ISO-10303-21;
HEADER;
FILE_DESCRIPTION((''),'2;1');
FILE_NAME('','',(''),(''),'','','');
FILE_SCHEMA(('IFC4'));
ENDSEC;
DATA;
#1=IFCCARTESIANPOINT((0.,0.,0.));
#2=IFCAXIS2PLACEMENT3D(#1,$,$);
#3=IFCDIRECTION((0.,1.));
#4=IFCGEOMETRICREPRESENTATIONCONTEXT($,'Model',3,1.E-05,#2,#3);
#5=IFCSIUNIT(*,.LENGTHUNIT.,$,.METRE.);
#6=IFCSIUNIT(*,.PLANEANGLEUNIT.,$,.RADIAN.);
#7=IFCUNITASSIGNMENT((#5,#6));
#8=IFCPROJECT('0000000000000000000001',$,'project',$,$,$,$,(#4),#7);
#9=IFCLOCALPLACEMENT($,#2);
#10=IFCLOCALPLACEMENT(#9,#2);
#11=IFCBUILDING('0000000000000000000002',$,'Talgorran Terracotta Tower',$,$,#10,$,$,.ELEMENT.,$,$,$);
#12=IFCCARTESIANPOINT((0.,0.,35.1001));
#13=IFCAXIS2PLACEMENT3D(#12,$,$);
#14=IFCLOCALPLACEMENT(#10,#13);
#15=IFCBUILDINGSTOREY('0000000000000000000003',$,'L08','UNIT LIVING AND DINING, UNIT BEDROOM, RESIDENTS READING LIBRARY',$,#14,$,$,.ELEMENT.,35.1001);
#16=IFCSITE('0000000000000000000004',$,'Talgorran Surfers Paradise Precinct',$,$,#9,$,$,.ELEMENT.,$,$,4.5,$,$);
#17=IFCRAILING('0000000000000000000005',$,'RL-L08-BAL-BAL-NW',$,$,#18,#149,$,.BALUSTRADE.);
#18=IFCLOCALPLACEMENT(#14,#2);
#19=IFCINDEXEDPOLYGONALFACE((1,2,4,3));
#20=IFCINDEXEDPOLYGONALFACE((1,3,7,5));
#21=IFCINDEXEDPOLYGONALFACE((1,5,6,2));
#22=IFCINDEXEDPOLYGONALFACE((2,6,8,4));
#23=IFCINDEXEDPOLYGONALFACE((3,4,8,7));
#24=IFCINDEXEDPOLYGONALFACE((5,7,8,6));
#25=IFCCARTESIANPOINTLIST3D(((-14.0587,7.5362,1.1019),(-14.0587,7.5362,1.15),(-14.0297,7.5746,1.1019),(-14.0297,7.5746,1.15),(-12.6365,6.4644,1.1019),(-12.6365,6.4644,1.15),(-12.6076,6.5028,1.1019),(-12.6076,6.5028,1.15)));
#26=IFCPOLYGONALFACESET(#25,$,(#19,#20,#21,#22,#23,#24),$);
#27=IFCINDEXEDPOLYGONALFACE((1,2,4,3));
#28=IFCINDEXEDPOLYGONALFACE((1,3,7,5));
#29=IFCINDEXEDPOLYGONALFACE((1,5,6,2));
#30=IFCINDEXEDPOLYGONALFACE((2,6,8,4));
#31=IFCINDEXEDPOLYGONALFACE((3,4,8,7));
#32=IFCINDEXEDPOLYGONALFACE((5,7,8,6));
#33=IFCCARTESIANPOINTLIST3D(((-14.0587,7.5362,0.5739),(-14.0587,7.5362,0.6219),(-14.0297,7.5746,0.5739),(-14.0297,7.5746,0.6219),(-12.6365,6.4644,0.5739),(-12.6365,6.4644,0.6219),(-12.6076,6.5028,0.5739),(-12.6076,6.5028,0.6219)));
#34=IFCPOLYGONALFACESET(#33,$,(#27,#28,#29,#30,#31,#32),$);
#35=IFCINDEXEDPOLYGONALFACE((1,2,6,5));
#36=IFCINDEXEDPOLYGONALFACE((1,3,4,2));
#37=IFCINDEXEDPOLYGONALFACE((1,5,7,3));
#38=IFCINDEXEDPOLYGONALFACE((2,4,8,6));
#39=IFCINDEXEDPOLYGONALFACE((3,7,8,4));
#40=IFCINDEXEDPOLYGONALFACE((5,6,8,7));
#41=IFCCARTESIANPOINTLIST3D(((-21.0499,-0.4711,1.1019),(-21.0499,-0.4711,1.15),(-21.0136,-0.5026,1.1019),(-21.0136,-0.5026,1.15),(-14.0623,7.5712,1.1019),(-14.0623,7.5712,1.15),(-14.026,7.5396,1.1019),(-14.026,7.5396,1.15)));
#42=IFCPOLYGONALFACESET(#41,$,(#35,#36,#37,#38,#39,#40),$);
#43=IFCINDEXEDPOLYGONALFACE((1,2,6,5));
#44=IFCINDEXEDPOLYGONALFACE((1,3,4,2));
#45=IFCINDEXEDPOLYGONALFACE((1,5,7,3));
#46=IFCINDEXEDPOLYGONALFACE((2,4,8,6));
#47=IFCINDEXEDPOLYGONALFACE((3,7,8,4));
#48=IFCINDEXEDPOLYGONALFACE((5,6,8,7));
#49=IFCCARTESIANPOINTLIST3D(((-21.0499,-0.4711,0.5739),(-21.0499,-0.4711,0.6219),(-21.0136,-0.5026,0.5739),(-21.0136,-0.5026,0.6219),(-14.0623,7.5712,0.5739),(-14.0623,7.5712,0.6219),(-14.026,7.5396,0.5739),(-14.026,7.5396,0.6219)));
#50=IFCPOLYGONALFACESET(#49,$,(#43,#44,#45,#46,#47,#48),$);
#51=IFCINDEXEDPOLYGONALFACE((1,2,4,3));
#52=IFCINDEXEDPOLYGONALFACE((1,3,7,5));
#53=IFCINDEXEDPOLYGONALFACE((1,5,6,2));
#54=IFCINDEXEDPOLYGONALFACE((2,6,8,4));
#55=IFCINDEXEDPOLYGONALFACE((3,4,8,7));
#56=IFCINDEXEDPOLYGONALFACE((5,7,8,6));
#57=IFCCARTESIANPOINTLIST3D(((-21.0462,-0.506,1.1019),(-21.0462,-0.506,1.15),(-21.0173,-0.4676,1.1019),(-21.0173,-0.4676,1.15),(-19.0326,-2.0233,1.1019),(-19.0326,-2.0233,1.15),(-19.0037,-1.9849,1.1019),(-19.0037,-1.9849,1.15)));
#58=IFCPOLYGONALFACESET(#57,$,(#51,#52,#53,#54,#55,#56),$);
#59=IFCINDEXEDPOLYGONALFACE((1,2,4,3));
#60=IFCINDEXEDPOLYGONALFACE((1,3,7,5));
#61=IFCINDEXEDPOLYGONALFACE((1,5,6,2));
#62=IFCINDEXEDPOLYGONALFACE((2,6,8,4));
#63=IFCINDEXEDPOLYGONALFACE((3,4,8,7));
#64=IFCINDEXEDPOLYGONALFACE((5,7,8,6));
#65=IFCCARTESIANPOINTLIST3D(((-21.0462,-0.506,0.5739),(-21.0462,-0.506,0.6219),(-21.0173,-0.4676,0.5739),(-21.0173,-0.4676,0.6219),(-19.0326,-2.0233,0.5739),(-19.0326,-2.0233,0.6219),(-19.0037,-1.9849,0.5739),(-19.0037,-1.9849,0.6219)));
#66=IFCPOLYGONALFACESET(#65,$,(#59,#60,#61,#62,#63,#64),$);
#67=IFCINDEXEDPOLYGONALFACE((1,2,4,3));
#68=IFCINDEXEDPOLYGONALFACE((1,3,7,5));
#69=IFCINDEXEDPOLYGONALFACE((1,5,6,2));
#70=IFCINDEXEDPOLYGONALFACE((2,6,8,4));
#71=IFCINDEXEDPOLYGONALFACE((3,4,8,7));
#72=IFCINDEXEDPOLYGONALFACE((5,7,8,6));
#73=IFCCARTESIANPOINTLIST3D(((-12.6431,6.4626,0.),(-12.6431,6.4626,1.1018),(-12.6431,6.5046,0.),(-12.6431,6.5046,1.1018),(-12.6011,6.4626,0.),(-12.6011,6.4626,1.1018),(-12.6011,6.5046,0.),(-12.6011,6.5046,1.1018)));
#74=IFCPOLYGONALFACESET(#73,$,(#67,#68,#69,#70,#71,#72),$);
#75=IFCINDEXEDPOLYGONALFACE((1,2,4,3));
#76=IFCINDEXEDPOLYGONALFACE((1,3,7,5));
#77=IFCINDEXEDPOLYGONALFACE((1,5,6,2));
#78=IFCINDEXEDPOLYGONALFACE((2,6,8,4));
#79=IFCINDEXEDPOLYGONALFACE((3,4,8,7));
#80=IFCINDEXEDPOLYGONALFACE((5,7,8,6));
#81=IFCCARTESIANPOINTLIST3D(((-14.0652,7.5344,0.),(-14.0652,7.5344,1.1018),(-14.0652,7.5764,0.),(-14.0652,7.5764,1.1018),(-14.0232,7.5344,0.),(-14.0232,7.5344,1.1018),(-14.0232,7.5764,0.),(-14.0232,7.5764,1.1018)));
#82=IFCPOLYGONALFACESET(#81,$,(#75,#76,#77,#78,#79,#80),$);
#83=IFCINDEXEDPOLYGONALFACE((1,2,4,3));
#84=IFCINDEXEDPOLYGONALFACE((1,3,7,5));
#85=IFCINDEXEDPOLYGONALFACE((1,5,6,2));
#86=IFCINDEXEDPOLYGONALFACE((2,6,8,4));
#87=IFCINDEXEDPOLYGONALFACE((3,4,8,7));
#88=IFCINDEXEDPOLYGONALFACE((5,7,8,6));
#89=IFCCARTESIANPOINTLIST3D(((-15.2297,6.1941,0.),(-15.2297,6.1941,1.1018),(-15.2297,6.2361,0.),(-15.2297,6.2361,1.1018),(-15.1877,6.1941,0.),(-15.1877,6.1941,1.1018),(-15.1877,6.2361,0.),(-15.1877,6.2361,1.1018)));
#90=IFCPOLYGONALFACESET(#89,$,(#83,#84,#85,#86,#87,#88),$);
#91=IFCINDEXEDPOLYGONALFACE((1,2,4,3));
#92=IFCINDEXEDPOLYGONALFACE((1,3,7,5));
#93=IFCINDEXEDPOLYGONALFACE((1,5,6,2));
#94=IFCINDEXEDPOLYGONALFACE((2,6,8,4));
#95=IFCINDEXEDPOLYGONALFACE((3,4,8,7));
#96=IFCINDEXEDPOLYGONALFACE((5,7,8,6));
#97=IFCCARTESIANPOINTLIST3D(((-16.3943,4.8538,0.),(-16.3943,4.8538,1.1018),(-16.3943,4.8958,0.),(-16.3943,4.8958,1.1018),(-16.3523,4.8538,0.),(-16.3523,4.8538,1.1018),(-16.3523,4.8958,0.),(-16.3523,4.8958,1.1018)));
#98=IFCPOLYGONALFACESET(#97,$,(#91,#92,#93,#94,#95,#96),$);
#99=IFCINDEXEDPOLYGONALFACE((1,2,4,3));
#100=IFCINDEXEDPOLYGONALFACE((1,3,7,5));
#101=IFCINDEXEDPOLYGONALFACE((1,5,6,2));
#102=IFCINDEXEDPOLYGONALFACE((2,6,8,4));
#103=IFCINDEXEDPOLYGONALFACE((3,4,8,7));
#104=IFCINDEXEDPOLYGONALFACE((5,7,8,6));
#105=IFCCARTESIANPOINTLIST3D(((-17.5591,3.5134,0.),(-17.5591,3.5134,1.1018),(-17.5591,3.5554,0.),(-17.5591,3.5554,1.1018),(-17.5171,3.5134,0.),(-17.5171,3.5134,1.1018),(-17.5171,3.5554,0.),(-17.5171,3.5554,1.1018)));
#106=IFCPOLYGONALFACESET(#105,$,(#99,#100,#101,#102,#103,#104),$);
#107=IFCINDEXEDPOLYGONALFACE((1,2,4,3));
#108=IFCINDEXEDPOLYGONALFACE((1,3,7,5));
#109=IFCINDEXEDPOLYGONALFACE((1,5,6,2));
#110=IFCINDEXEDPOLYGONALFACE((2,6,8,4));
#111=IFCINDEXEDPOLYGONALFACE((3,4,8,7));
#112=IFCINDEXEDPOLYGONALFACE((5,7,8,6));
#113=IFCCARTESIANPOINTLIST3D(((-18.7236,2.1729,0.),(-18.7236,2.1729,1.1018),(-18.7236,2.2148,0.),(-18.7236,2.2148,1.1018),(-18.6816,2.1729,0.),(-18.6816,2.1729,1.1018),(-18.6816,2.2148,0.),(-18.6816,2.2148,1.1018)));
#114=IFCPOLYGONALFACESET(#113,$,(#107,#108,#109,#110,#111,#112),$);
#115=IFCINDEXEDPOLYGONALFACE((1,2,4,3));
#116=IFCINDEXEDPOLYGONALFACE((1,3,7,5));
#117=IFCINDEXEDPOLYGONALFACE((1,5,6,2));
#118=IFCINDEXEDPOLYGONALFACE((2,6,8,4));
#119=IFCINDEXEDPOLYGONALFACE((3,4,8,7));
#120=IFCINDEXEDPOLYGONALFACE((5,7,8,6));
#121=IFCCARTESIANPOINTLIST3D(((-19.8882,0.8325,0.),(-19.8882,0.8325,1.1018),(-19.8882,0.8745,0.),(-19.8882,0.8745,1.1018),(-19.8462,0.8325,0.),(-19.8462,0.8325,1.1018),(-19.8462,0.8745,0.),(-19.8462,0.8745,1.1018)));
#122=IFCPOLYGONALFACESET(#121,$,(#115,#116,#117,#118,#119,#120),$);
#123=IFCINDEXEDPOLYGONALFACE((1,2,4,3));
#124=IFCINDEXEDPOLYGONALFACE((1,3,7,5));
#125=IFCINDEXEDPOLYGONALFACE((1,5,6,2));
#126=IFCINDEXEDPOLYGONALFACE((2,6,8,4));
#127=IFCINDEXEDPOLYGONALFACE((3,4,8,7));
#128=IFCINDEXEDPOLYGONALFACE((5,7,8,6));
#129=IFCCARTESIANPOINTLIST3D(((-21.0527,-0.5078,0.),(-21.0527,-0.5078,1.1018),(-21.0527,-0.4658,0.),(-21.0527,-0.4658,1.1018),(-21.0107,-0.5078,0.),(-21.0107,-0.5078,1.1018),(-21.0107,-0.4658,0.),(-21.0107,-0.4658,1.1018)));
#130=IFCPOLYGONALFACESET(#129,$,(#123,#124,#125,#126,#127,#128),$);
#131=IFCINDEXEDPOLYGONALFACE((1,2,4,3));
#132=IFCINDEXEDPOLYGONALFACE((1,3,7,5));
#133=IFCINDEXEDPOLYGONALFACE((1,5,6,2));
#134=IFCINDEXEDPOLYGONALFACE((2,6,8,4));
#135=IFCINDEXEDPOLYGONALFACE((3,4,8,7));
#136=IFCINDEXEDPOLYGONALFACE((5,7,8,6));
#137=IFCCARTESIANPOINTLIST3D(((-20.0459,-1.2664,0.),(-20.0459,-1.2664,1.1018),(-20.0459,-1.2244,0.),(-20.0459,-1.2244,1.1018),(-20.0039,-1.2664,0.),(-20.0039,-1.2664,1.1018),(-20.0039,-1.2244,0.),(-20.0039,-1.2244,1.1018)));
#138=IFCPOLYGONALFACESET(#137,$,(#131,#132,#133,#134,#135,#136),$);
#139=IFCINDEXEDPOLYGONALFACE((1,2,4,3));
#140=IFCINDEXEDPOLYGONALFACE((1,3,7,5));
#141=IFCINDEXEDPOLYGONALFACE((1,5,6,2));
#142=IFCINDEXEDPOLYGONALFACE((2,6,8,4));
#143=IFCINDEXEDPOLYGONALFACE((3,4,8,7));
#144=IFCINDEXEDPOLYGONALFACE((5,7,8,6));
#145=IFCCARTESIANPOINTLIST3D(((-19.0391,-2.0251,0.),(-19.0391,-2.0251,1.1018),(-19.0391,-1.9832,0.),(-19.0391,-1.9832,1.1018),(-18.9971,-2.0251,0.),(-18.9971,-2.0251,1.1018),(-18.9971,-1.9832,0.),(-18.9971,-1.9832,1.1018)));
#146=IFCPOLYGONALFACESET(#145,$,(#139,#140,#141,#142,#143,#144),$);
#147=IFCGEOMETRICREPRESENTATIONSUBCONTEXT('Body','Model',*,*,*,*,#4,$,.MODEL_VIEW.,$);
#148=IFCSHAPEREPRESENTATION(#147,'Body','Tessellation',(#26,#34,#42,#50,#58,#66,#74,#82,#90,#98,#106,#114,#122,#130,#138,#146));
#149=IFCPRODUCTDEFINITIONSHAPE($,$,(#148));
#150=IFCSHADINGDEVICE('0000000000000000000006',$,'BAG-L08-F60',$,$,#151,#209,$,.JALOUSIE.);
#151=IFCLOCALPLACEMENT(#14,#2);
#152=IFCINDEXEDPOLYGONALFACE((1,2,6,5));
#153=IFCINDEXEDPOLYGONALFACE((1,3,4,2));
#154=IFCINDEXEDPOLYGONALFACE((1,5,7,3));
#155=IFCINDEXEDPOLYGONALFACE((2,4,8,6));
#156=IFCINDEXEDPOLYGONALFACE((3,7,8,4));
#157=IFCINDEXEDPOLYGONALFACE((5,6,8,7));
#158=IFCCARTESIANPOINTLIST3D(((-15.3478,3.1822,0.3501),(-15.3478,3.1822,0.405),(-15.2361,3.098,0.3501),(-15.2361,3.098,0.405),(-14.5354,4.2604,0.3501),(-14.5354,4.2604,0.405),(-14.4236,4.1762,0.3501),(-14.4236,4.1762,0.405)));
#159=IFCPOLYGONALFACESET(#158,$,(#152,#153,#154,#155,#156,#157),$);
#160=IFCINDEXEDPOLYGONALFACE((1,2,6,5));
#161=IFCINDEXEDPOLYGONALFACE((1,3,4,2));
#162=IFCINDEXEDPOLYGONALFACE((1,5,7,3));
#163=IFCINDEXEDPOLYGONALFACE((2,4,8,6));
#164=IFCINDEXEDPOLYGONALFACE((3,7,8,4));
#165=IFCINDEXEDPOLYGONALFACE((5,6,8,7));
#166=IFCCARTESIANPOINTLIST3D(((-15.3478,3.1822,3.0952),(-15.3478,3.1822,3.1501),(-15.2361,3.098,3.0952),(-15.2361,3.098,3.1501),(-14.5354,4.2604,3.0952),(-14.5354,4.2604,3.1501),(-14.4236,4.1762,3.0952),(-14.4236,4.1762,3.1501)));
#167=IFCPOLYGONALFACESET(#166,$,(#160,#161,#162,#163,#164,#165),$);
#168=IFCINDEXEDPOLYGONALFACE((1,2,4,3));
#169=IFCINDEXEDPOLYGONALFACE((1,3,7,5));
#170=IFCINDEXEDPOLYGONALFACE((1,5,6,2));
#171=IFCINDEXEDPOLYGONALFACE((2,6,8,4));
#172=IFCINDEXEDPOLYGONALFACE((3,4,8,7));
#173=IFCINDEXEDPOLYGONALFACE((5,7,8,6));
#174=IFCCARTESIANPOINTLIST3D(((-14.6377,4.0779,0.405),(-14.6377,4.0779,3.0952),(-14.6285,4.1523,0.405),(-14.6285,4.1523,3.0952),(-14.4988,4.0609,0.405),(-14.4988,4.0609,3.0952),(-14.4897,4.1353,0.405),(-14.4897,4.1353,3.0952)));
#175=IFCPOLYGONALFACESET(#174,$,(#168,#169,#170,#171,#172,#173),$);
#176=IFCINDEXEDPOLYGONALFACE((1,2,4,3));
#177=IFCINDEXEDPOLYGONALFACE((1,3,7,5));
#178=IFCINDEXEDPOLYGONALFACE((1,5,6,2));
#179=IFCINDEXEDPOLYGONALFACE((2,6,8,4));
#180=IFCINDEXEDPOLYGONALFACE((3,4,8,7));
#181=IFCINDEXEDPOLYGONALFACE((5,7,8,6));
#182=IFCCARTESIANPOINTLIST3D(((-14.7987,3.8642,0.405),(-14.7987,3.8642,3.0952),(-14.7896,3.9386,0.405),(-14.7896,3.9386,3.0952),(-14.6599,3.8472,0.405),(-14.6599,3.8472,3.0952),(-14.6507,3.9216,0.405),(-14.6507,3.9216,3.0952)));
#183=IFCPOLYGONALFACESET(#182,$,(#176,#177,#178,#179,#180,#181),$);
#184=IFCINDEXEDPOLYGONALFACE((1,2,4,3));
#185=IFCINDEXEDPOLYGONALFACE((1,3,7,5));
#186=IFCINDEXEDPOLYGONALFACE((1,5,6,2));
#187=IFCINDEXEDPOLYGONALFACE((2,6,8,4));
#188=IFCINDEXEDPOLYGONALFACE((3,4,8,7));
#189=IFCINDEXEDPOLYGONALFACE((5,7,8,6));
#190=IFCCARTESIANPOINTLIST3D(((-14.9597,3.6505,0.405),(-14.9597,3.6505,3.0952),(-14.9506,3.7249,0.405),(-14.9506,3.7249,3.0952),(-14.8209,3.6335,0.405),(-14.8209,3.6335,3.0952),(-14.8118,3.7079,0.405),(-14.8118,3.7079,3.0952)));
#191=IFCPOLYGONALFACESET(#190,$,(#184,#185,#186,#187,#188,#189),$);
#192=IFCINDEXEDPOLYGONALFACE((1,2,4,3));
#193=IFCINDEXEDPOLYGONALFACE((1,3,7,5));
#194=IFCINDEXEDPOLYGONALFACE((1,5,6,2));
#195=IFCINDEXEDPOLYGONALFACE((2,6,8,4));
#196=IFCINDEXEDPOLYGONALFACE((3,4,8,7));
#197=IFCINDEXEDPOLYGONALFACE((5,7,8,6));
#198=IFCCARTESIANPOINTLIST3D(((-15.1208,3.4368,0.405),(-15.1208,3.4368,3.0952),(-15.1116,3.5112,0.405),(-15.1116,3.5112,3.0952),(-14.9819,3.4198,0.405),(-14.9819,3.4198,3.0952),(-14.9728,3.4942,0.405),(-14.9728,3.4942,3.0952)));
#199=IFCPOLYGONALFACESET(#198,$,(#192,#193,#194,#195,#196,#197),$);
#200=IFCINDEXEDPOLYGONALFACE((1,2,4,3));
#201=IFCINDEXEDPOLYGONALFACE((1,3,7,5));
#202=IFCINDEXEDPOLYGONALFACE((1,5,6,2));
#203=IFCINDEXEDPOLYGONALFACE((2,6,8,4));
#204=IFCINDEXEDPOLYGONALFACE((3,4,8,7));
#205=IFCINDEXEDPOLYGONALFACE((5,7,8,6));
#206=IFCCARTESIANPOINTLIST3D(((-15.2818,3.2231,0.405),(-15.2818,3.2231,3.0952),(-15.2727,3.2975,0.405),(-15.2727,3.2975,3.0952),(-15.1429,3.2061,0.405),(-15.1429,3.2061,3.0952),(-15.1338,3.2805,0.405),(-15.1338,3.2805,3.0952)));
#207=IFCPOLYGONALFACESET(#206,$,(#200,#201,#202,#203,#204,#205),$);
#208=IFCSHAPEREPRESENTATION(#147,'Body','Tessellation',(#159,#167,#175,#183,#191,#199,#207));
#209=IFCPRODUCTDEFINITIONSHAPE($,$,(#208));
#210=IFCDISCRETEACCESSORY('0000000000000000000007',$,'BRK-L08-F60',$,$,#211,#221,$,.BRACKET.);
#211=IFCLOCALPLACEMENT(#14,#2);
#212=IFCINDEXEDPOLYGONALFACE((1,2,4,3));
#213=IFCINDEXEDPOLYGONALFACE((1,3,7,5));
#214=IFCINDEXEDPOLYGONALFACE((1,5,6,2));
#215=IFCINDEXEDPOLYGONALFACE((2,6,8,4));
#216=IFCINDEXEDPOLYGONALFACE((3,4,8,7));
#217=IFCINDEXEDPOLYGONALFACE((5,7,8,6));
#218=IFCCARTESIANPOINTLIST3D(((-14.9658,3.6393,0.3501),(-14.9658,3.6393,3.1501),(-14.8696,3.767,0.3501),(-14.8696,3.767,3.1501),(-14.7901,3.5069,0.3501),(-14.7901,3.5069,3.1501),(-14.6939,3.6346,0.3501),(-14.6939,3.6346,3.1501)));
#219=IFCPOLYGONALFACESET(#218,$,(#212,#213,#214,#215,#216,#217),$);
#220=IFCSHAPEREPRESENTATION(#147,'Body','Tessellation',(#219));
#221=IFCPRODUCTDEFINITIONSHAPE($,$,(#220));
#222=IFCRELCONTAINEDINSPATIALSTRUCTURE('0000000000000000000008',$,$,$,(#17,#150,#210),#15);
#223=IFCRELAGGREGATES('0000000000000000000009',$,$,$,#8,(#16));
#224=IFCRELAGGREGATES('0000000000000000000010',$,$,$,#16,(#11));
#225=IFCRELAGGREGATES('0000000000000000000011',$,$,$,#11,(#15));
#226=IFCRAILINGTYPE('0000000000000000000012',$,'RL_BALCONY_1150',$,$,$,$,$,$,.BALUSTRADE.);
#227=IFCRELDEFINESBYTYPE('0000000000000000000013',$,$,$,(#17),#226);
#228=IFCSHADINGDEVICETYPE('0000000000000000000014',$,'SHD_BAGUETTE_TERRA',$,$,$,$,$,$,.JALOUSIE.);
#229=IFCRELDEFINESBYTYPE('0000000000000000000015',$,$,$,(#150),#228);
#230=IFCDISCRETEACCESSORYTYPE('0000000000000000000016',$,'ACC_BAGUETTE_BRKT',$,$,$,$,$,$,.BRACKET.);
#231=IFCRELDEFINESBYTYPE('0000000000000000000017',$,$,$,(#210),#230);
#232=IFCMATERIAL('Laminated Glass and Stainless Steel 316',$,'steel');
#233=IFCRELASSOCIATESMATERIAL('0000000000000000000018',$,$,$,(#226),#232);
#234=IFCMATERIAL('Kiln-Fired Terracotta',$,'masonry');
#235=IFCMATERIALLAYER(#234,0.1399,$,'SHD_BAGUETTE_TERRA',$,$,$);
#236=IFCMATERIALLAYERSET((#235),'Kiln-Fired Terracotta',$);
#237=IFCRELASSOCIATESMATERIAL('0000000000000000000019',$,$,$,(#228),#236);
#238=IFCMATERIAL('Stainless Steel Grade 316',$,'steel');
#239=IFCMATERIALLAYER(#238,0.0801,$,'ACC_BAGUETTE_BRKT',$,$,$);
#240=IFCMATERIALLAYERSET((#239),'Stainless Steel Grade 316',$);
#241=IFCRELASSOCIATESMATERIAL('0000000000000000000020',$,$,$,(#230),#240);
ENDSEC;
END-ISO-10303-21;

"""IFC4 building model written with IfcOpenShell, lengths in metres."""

from ifc_helpers import new_model, si_unit, direction, frame, origin, origin_2d, place, context, subcontext, project, spatial, rectangle, extrude, source, transform, mapped, material, layer, layer_set, type_object, type_shapes, element, save


model = new_model("IFC4")

# Units and contexts
model_context = context("Model", 3, precision=1e-05, world=origin(), true_north=direction((0.0, 1.0)))
body_context = subcontext(model_context, "Body", "Model", "MODEL_VIEW")
ifc_project = project(units=[si_unit("LENGTHUNIT", "METRE"), si_unit("PLANEANGLEUNIT", "RADIAN")], contexts=[model_context])

# Site, building, storey
site_placement = place(None, origin())
site = spatial("IfcSite", under=ifc_project, at=site_placement, Name="Talgorran Surfers Paradise Precinct", CompositionType="ELEMENT", RefElevation=4.5)
building_placement = place(site_placement, origin())
building = spatial("IfcBuilding", under=site, at=building_placement, Name="Talgorran Terracotta Tower", CompositionType="ELEMENT")
storey_placement = place(building_placement, frame((0.0, 0.0, 35.1001)))
storey = spatial("IfcBuildingStorey", under=building, at=storey_placement, Name="L08", Description="UNIT LIVING AND DINING, UNIT BEDROOM, RESIDENTS READING LIBRARY", CompositionType="ELEMENT", Elevation=35.1001)

# Railing
ifc_material_1 = material(Name="Laminated Glass and Stainless Steel 316", Category="steel")
railing_type = type_object("IfcRailingType", Name="RL_BALCONY_1150", PredefinedType="BALUSTRADE", material=ifc_material_1)
railing_placement = place(storey_placement, frame((-12.6221, 6.4836, 0.0)))
element("IfcRailing", 1, at=railing_placement, inside=storey, type_object=railing_type, Name="RL-L08-BAL-BAL-NW", PredefinedType="BALUSTRADE", context=body_context, shape_type="SweptSolid", body=[
    extrude(rectangle(XDim=0.0481, YDim=0.0481, at=origin_2d()), frame((0.0, 0.0, 1.126), z_axis=(-0.798599, 0.601863, 0.0), x_axis=(-0.601863, -0.798599, 0.0)), (0.0, 0.0, 1.0), 1.7808),
    extrude(rectangle(XDim=0.0481, YDim=0.0481, at=origin_2d()), frame((0.0, 0.0, 0.5979), z_axis=(-0.798599, 0.601863, 0.0), x_axis=(-0.601863, -0.798599, 0.0)), (0.0, 0.0, 1.0), 1.7808),
    extrude(rectangle(XDim=0.0481, YDim=0.0481, at=origin_2d()), frame((-1.4221, 1.0718, 1.126), z_axis=(-0.655874, -0.75487, 0.0), x_axis=(0.75487, -0.655874, 0.0)), (0.0, 0.0, 1.0), 10.6538),
    extrude(rectangle(XDim=0.0481, YDim=0.0481, at=origin_2d()), frame((-1.4221, 1.0718, 0.5979), z_axis=(-0.655874, -0.75487, 0.0), x_axis=(0.75487, -0.655874, 0.0)), (0.0, 0.0, 1.0), 10.6538),
    extrude(rectangle(XDim=0.0481, YDim=0.0481, at=origin_2d()), frame((-8.4097, -6.9705, 1.126), z_axis=(0.79865, -0.601796, 0.0), x_axis=(0.601796, 0.79865, 0.0)), (0.0, 0.0, 1.0), 2.5212),
    extrude(rectangle(XDim=0.0481, YDim=0.0481, at=origin_2d()), frame((-8.4097, -6.9705, 0.5979), z_axis=(0.79865, -0.601796, 0.0), x_axis=(0.601796, 0.79865, 0.0)), (0.0, 0.0, 1.0), 2.5212),
    extrude(rectangle(XDim=0.042, YDim=0.042, at=origin_2d()), origin(), (0.0, 0.0, 1.0), 1.1018),
    extrude(rectangle(XDim=0.042, YDim=0.042, at=origin_2d()), frame((-1.4221, 1.0718, 0.0)), (0.0, 0.0, 1.0), 1.1018),
    extrude(rectangle(XDim=0.042, YDim=0.042, at=origin_2d()), frame((-2.5867, -0.2686, 0.0)), (0.0, 0.0, 1.0), 1.1018),
    extrude(rectangle(XDim=0.042, YDim=0.042, at=origin_2d()), frame((-3.7512, -1.6089, 0.0)), (0.0, 0.0, 1.0), 1.1018),
    extrude(rectangle(XDim=0.042, YDim=0.042, at=origin_2d()), frame((-4.916, -2.9492, 0.0)), (0.0, 0.0, 1.0), 1.1018),
    extrude(rectangle(XDim=0.042, YDim=0.042, at=origin_2d()), frame((-6.0806, -4.2898, 0.0)), (0.0, 0.0, 1.0), 1.1018),
    extrude(rectangle(XDim=0.042, YDim=0.042, at=origin_2d()), frame((-7.2451, -5.6301, 0.0)), (0.0, 0.0, 1.0), 1.1018),
    extrude(rectangle(XDim=0.042, YDim=0.042, at=origin_2d()), frame((-8.4097, -6.9705, 0.0)), (0.0, 0.0, 1.0), 1.1018),
    extrude(rectangle(XDim=0.042, YDim=0.042, at=origin_2d()), frame((-7.4028, -7.729, 0.0)), (0.0, 0.0, 1.0), 1.1018),
    extrude(rectangle(XDim=0.042, YDim=0.042, at=origin_2d()), frame((-6.396, -8.4878, 0.0)), (0.0, 0.0, 1.0), 1.1018),
])

# Shading device
ifc_material_2 = material(Name="Kiln-Fired Terracotta", Category="masonry")
ifc_layer_1 = layer(ifc_material_2, 0.1399, Name="SHD_BAGUETTE_TERRA")
ifc_layer_set_1 = layer_set([ifc_layer_1], Name="Kiln-Fired Terracotta")
shading_device_type = type_object("IfcShadingDeviceType", Name="SHD_BAGUETTE_TERRA", PredefinedType="JALOUSIE", material=ifc_layer_set_1)
shared_shape_1 = source(origin(), body_context, "Body", "SweptSolid", [
    extrude(rectangle(XDim=1.3501, YDim=0.1399, at=origin_2d()), origin(), (0.0, 0.0, 1.0), 0.0549),
    extrude(rectangle(XDim=1.3501, YDim=0.1399, at=origin_2d()), frame((0.0, 0.0, 2.7451)), (0.0, 0.0, 1.0), 0.0549),
    extrude(rectangle(XDim=0.075, YDim=0.1399, at=origin_2d()), frame((-0.5352, 0.0, 0.0549), z_axis=(0.0, 0.0, 1.0), x_axis=(0.866025, 0.5, 0.0)), (0.0, 0.0, 1.0), 2.6902),
    extrude(rectangle(XDim=0.075, YDim=0.1399, at=origin_2d()), frame((-0.2676, 0.0, 0.0549), z_axis=(0.0, 0.0, 1.0), x_axis=(0.866025, 0.5, 0.0)), (0.0, 0.0, 1.0), 2.6902),
    extrude(rectangle(XDim=0.075, YDim=0.1399, at=origin_2d()), frame((0.0, 0.0, 0.0549), z_axis=(0.0, 0.0, 1.0), x_axis=(0.866025, 0.5, 0.0)), (0.0, 0.0, 1.0), 2.6902),
    extrude(rectangle(XDim=0.075, YDim=0.1399, at=origin_2d()), frame((0.2676, 0.0, 0.0549), z_axis=(0.0, 0.0, 1.0), x_axis=(0.866025, 0.5, 0.0)), (0.0, 0.0, 1.0), 2.6902),
    extrude(rectangle(XDim=0.075, YDim=0.1399, at=origin_2d()), frame((0.5352, 0.0, 0.0549), z_axis=(0.0, 0.0, 1.0), x_axis=(0.866025, 0.5, 0.0)), (0.0, 0.0, 1.0), 2.6902),
])
type_shapes(shading_device_type, [shared_shape_1])
shading_device_placement = place(storey_placement, frame((-14.8857, 3.6792, 0.3501), z_axis=(0.0, 0.0, 1.0), x_axis=(-0.601801, -0.798646, 0.0)))
element("IfcShadingDevice", 2, at=shading_device_placement, inside=storey, type_object=shading_device_type, Name="BAG-L08-F60", PredefinedType="JALOUSIE", context=body_context, shape_type="MappedRepresentation", body=[
    mapped(shared_shape_1, transform((0.0, 0.0, 0.0), scale=1.0)),
])

# Discrete accessory
ifc_material_3 = material(Name="Stainless Steel Grade 316", Category="steel")
ifc_layer_2 = layer(ifc_material_3, 0.0801, Name="ACC_BAGUETTE_BRKT")
ifc_layer_set_2 = layer_set([ifc_layer_2], Name="Stainless Steel Grade 316")
discrete_accessory_type = type_object("IfcDiscreteAccessoryType", Name="ACC_BAGUETTE_BRKT", PredefinedType="BRACKET", material=ifc_layer_set_2)
shared_shape_2 = source(origin(), body_context, "Body", "SweptSolid", [
    extrude(rectangle(XDim=0.1599, YDim=0.22, at=origin_2d()), origin(), (0.0, 0.0, 1.0), 2.8),
])
type_shapes(discrete_accessory_type, [shared_shape_2])
discrete_accessory_placement = place(storey_placement, frame((-14.8298, 3.637, 0.3501), z_axis=(0.0, 0.0, 1.0), x_axis=(-0.601801, -0.798646, 0.0)))
element("IfcDiscreteAccessory", 3, at=discrete_accessory_placement, inside=storey, type_object=discrete_accessory_type, Name="BRK-L08-F60", PredefinedType="BRACKET", context=body_context, shape_type="MappedRepresentation", body=[
    mapped(shared_shape_2, transform((0.0, 0.0, 0.0), scale=1.0)),
])

save(model, "model.ifc")
